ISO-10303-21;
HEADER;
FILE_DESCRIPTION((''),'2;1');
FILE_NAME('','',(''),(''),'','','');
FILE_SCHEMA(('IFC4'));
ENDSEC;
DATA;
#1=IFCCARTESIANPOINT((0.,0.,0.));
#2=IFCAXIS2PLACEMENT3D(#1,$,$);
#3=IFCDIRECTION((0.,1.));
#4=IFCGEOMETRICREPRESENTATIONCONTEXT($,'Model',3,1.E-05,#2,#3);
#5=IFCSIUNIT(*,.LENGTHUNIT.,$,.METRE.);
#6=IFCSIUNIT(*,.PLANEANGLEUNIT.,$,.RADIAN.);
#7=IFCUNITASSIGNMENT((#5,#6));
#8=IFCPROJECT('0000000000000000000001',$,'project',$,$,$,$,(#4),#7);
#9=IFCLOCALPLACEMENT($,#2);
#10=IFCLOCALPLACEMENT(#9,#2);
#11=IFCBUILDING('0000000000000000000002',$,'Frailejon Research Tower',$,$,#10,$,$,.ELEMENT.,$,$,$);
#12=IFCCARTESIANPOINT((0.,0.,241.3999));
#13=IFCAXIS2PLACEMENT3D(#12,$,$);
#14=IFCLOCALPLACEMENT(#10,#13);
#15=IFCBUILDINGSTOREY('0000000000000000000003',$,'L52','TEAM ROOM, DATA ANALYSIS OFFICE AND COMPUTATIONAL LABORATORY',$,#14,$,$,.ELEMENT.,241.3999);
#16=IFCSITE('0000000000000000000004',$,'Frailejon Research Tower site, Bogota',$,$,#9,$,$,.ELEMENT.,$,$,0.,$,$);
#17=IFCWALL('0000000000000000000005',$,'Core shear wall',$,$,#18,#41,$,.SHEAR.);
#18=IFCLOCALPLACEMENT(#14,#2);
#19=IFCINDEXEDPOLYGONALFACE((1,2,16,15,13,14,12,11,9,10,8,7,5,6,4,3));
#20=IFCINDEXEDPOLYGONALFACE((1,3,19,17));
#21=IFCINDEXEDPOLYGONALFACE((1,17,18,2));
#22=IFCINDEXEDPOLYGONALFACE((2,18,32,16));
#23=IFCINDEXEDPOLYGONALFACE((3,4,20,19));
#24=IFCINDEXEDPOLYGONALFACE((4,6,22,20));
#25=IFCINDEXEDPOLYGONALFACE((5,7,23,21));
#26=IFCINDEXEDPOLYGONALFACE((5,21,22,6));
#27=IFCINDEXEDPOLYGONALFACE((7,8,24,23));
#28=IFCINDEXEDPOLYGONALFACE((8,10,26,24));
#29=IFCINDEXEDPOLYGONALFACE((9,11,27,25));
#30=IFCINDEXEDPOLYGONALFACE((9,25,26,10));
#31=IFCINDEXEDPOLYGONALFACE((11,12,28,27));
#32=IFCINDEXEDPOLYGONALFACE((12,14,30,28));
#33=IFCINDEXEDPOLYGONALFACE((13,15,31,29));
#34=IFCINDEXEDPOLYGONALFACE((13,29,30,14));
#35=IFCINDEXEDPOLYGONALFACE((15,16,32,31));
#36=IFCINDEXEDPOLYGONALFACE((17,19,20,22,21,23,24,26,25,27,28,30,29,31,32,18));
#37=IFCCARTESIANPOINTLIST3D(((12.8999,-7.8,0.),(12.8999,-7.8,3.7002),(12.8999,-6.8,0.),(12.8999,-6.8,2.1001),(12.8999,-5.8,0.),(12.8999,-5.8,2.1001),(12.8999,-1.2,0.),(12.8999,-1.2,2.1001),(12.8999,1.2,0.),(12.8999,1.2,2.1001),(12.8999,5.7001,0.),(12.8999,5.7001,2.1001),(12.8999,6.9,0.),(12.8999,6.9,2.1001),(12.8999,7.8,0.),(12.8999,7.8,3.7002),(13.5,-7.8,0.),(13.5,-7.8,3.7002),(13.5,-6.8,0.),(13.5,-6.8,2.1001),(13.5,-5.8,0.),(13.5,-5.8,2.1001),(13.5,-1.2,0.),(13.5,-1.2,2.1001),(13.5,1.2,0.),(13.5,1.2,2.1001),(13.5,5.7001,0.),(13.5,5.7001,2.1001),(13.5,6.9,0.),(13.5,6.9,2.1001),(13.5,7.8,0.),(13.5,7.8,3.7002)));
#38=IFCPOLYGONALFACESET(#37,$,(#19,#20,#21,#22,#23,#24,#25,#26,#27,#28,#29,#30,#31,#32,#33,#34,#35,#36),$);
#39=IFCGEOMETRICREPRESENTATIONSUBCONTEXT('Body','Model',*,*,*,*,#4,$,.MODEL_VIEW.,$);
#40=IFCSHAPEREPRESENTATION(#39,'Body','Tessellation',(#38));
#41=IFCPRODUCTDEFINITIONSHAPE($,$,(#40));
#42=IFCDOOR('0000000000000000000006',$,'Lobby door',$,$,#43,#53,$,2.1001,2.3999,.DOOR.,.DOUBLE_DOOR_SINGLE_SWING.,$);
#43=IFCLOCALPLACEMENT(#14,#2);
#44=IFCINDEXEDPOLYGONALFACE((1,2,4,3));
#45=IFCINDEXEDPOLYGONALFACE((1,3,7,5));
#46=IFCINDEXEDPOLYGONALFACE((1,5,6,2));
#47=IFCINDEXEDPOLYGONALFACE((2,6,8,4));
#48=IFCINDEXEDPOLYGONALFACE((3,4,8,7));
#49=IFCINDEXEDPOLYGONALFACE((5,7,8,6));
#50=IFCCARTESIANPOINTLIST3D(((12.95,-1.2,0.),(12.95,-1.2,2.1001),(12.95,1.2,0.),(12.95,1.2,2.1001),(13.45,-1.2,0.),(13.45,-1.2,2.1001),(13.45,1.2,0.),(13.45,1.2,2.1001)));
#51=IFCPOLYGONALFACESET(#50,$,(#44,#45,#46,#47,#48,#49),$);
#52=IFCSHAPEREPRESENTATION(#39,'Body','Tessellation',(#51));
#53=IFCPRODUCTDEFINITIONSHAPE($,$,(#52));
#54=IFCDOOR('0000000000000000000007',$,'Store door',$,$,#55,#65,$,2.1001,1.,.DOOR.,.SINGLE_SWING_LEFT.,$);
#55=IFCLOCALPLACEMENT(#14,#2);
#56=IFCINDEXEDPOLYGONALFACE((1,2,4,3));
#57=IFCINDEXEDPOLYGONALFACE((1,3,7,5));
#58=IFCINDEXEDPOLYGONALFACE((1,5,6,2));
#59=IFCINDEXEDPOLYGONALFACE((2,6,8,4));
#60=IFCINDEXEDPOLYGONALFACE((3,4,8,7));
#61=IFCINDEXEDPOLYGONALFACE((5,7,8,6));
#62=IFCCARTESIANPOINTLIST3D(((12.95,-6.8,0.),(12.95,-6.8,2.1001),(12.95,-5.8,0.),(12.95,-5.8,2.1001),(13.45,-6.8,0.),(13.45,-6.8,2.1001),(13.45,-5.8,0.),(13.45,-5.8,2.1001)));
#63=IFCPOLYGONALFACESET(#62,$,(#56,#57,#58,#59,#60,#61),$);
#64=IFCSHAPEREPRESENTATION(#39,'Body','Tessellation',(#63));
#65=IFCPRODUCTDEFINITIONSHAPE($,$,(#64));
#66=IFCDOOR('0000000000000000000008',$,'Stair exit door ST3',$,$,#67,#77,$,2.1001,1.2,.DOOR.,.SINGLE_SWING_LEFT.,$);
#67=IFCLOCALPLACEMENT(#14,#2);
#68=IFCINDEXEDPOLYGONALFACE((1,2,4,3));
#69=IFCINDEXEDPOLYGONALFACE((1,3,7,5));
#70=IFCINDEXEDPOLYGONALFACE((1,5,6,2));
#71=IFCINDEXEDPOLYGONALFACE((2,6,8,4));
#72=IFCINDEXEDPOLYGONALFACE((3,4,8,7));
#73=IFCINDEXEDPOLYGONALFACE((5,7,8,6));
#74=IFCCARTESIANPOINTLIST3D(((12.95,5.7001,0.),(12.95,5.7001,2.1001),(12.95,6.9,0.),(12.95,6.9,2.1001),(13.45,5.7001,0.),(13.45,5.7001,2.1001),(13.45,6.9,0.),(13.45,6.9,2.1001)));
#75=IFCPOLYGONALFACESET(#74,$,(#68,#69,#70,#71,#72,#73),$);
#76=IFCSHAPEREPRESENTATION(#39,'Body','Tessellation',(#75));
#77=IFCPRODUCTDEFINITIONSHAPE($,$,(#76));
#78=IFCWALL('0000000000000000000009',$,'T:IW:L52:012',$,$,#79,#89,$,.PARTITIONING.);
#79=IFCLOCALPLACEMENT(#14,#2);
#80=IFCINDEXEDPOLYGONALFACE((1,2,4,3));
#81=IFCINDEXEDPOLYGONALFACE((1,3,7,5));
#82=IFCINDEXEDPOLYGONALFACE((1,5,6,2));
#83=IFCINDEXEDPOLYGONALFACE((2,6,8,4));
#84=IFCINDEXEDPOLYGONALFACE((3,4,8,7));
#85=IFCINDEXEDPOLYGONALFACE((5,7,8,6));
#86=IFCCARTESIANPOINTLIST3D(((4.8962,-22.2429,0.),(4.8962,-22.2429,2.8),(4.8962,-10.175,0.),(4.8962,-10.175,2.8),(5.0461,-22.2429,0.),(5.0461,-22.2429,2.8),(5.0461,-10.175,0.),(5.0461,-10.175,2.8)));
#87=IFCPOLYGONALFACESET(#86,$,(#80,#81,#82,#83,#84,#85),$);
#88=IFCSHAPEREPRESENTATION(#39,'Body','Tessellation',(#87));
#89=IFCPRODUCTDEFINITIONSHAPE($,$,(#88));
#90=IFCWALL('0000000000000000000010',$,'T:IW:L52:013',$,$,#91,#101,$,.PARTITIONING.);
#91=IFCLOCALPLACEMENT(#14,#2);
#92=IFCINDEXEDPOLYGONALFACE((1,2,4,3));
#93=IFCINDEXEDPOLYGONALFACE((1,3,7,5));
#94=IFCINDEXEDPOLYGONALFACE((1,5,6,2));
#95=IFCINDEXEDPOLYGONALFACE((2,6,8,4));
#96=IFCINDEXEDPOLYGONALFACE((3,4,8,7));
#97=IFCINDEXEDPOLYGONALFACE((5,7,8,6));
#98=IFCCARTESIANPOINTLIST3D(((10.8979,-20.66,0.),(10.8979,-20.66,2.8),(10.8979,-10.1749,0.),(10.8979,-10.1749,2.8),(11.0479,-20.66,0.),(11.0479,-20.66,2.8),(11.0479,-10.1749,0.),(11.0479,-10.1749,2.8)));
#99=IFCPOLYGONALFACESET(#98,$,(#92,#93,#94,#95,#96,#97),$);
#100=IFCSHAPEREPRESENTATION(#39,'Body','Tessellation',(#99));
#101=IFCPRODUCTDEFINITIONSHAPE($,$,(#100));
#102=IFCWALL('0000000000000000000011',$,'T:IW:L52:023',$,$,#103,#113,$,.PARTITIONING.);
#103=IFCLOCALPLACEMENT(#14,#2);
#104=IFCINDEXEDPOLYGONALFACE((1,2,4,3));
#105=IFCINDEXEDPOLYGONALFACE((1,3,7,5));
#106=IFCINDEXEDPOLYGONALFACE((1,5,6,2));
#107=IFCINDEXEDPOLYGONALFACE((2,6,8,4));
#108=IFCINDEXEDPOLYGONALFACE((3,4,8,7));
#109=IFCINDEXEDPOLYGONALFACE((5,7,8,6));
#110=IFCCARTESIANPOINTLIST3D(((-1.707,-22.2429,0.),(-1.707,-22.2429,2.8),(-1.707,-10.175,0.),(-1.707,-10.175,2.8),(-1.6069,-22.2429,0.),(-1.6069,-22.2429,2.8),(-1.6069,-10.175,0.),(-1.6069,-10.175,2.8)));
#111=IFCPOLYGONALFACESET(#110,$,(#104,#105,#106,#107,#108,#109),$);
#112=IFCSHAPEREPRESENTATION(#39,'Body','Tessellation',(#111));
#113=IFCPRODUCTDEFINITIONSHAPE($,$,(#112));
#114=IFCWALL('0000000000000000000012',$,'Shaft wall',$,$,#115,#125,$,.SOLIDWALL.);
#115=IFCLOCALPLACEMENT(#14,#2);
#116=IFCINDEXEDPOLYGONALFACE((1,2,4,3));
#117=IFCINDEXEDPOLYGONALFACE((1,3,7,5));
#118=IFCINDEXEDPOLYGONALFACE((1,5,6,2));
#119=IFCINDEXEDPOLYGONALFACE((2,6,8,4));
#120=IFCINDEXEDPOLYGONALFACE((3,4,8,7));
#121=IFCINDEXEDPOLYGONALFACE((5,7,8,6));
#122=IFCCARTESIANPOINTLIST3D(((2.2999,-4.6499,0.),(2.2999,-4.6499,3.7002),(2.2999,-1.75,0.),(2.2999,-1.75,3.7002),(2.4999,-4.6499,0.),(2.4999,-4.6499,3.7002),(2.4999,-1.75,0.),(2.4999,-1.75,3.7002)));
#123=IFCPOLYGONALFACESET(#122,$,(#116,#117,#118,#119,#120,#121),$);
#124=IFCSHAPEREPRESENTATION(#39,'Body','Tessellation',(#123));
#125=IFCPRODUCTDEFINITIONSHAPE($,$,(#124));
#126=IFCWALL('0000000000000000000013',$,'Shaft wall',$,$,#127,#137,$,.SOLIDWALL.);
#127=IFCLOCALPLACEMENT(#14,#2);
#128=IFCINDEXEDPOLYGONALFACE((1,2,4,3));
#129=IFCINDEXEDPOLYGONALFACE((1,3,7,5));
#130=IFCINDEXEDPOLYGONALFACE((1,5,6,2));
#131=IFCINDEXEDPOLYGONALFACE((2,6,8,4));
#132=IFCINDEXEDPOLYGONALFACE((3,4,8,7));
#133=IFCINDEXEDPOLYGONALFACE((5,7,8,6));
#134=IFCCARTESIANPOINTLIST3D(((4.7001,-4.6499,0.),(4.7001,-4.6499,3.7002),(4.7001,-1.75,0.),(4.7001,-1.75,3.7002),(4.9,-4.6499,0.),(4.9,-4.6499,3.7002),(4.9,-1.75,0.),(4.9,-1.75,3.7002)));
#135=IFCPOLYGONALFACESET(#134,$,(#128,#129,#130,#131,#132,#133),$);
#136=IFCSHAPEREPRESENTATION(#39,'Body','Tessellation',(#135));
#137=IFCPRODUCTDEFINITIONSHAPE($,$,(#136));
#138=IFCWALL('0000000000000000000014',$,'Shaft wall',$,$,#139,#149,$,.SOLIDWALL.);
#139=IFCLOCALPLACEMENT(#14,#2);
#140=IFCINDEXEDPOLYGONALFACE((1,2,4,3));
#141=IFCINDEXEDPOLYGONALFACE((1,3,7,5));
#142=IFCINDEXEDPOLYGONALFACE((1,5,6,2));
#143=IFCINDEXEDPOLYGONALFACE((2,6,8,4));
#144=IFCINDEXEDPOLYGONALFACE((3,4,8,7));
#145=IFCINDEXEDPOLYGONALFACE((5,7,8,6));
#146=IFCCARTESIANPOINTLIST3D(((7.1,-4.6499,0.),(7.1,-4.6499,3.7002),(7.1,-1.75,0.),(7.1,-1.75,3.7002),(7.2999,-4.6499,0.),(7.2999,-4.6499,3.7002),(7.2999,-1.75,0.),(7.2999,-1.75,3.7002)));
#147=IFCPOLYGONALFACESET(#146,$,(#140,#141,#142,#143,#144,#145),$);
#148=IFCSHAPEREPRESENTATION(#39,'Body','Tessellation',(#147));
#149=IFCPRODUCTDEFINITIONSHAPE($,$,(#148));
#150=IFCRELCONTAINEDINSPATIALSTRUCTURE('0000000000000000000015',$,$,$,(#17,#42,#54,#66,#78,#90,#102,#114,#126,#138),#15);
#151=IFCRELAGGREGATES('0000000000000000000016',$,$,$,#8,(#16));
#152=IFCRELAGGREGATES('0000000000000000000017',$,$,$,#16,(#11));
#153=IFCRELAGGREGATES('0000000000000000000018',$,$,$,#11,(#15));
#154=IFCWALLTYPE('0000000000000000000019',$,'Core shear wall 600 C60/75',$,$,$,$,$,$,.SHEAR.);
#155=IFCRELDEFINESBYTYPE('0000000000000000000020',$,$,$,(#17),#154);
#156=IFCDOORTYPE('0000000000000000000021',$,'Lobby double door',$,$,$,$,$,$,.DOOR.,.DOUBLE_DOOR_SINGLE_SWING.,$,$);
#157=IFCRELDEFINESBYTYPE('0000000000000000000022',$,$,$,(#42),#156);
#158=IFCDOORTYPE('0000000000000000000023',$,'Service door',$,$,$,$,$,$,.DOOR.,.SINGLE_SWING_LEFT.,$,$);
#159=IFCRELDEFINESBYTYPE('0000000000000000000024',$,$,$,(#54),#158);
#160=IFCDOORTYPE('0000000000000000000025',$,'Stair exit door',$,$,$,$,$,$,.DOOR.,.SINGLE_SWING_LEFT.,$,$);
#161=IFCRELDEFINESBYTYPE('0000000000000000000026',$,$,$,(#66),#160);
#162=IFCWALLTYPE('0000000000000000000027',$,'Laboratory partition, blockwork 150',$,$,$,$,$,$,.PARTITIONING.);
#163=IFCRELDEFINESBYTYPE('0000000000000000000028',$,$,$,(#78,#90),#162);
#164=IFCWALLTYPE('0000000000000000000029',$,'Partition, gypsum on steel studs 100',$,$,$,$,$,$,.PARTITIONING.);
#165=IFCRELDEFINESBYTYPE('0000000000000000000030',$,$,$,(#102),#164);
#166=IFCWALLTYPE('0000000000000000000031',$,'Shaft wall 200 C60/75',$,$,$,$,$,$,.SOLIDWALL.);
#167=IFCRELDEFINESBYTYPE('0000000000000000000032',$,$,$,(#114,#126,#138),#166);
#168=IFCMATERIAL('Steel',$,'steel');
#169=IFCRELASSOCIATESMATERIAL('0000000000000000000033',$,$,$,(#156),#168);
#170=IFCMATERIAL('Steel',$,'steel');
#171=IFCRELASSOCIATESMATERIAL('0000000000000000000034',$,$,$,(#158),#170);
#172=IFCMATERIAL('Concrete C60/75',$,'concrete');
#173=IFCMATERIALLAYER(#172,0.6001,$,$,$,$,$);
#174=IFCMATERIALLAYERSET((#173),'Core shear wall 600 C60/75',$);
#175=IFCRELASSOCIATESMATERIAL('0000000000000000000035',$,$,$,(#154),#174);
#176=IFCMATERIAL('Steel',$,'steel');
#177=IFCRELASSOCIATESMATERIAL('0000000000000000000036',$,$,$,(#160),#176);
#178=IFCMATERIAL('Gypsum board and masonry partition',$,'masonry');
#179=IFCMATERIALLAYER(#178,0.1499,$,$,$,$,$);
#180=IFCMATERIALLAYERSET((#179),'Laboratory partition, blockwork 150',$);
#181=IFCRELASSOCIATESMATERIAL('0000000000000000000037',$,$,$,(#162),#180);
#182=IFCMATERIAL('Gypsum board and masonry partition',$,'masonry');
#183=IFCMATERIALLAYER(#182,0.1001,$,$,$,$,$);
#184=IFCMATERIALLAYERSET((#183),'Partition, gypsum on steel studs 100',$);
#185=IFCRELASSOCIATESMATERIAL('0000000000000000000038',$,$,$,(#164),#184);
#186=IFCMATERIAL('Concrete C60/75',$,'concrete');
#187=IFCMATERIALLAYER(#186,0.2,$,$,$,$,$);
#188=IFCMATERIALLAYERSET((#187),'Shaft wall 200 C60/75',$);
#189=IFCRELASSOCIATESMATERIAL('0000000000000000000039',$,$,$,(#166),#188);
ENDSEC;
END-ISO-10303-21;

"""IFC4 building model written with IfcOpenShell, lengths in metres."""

from ifc_helpers import new_model, si_unit, direction, frame, frame_2d, origin, place, context, subcontext, project, spatial, rectangle, extrude, material, layer, layer_set, type_object, element, fill, save


model = new_model("IFC4")

# Units and contexts
model_context = context("Model", 3, precision=1e-05, world=origin(), true_north=direction((0.0, 1.0)))
body_context = subcontext(model_context, "Body", "Model", "MODEL_VIEW")
ifc_project = project(units=[si_unit("LENGTHUNIT", "METRE"), si_unit("PLANEANGLEUNIT", "RADIAN")], contexts=[model_context])

# Site, building, storey
site_placement = place(None, origin())
site = spatial("IfcSite", under=ifc_project, at=site_placement, Name="Frailejon Research Tower site, Bogota", CompositionType="ELEMENT", RefElevation=0.0)
building_placement = place(site_placement, origin())
building = spatial("IfcBuilding", under=site, at=building_placement, Name="Frailejon Research Tower", CompositionType="ELEMENT")
storey_placement = place(building_placement, frame((0.0, 0.0, 241.3999)))
storey = spatial("IfcBuildingStorey", under=building, at=storey_placement, Name="L52", Description="TEAM ROOM, DATA ANALYSIS OFFICE AND COMPUTATIONAL LABORATORY", CompositionType="ELEMENT", Elevation=241.3999)

# Wall, openings, doors
ifc_material_1 = material(Name="Steel", Category="steel")
door_type_1 = type_object("IfcDoorType", Name="Lobby double door", OperationType="DOUBLE_DOOR_SINGLE_SWING", PredefinedType="DOOR", material=ifc_material_1)
ifc_material_2 = material(Name="Steel", Category="steel")
door_type_2 = type_object("IfcDoorType", Name="Service door", OperationType="SINGLE_SWING_LEFT", PredefinedType="DOOR", material=ifc_material_2)
ifc_material_3 = material(Name="Concrete C60/75", Category="concrete")
ifc_layer_1 = layer(ifc_material_3, 0.6001)
ifc_layer_set_1 = layer_set([ifc_layer_1], Name="Core shear wall 600 C60/75")
wall_type_1 = type_object("IfcWallType", Name="Core shear wall 600 C60/75", PredefinedType="SHEAR", material=ifc_layer_set_1)
wall_1_placement = place(storey_placement, frame((13.2, -7.8, 0.0), z_axis=(0.0, 0.0, 1.0), x_axis=(0.0, 1.0, 0.0)))
wall_1 = element("IfcWall", 1, at=wall_1_placement, inside=storey, type_object=wall_type_1, Name="Core shear wall", PredefinedType="SHEAR", context=body_context, shape_type="SweptSolid", body=[
    extrude(rectangle(XDim=15.6001, YDim=0.6001, at=frame_2d((7.8, 0.0))), origin(), (0.0, 0.0, 1.0), 3.7002),
])
opening_1_placement = place(wall_1_placement, frame((6.6001, 0.0, 0.0)))
opening_1 = element("IfcOpeningElement", 2, at=opening_1_placement, cuts=wall_1, PredefinedType="OPENING", context=body_context, shape_type="SweptSolid", body=[
    extrude(rectangle(XDim=2.3999, YDim=2.1001, at=frame_2d((1.2, 1.05))), frame((0.0, 0.3101, 0.0), z_axis=(0.0, -1.0, 0.0), x_axis=(1.0, 0.0, 0.0)), (0.0, 0.0, 1.0), 0.6201),
])
opening_2_placement = place(wall_1_placement, frame((13.5, 0.0, 0.0)))
opening_2 = element("IfcOpeningElement", 3, at=opening_2_placement, cuts=wall_1, PredefinedType="OPENING", context=body_context, shape_type="SweptSolid", body=[
    extrude(rectangle(XDim=1.2, YDim=2.1001, at=frame_2d((0.6001, 1.05))), frame((0.0, 0.3101, 0.0), z_axis=(0.0, -1.0, 0.0), x_axis=(1.0, 0.0, 0.0)), (0.0, 0.0, 1.0), 0.6201),
])
opening_3_placement = place(wall_1_placement, frame((1.0, 0.0, 0.0)))
opening_3 = element("IfcOpeningElement", 4, at=opening_3_placement, cuts=wall_1, PredefinedType="OPENING", context=body_context, shape_type="SweptSolid", body=[
    extrude(rectangle(XDim=1.0, YDim=2.1001, at=frame_2d((0.5, 1.05))), frame((0.0, 0.3101, 0.0), z_axis=(0.0, -1.0, 0.0), x_axis=(1.0, 0.0, 0.0)), (0.0, 0.0, 1.0), 0.6201),
])
door_1_placement = place(opening_1_placement, origin())
door_1 = element("IfcDoor", 5, at=door_1_placement, inside=storey, type_object=door_type_1, Name="Lobby door", OperationType="DOUBLE_DOOR_SINGLE_SWING", OverallHeight=2.1001, OverallWidth=2.3999, PredefinedType="DOOR", context=body_context, shape_type="SweptSolid", body=[
    extrude(rectangle(XDim=2.3999, YDim=2.1001, at=frame_2d((1.2, 1.05))), frame((0.0, 0.25, 0.0), z_axis=(0.0, -1.0, 0.0), x_axis=(1.0, 0.0, 0.0)), (0.0, 0.0, 1.0), 0.5),
])
fill(opening_1, door_1)
door_2_placement = place(opening_3_placement, origin())
door_2 = element("IfcDoor", 6, at=door_2_placement, inside=storey, type_object=door_type_2, Name="Store door", OperationType="SINGLE_SWING_LEFT", OverallHeight=2.1001, OverallWidth=1.0, PredefinedType="DOOR", context=body_context, shape_type="SweptSolid", body=[
    extrude(rectangle(XDim=1.0, YDim=2.1001, at=frame_2d((0.5, 1.05))), frame((0.0, 0.25, 0.0), z_axis=(0.0, -1.0, 0.0), x_axis=(1.0, 0.0, 0.0)), (0.0, 0.0, 1.0), 0.5),
])
fill(opening_3, door_2)
ifc_material_4 = material(Name="Steel", Category="steel")
door_type_3 = type_object("IfcDoorType", Name="Stair exit door", OperationType="SINGLE_SWING_LEFT", PredefinedType="DOOR", material=ifc_material_4)
door_3_placement = place(opening_2_placement, origin())
door_3 = element("IfcDoor", 7, at=door_3_placement, inside=storey, type_object=door_type_3, Name="Stair exit door ST3", OperationType="SINGLE_SWING_LEFT", OverallHeight=2.1001, OverallWidth=1.2, PredefinedType="DOOR", context=body_context, shape_type="SweptSolid", body=[
    extrude(rectangle(XDim=1.2, YDim=2.1001, at=frame_2d((0.6001, 1.05))), frame((0.0, 0.25, 0.0), z_axis=(0.0, -1.0, 0.0), x_axis=(1.0, 0.0, 0.0)), (0.0, 0.0, 1.0), 0.5),
])
fill(opening_2, door_3)

# Walls
ifc_material_5 = material(Name="Gypsum board and masonry partition", Category="masonry")
ifc_layer_2 = layer(ifc_material_5, 0.1499)
ifc_layer_set_2 = layer_set([ifc_layer_2], Name="Laboratory partition, blockwork 150")
wall_type_2 = type_object("IfcWallType", Name="Laboratory partition, blockwork 150", PredefinedType="PARTITIONING", material=ifc_layer_set_2)
wall_2_placement = place(storey_placement, frame((4.9712, -22.2429, 0.0), z_axis=(0.0, 0.0, 1.0), x_axis=(0.0, 1.0, 0.0)))
element("IfcWall", 8, at=wall_2_placement, inside=storey, type_object=wall_type_2, Name="T:IW:L52:012", PredefinedType="PARTITIONING", context=body_context, shape_type="SweptSolid", body=[
    extrude(rectangle(XDim=12.0679, YDim=0.1499, at=frame_2d((6.0339, 0.0))), origin(), (0.0, 0.0, 1.0), 2.8),
])
wall_3_placement = place(storey_placement, frame((10.9729, -20.6602, 0.0), z_axis=(0.0, 0.0, 1.0), x_axis=(0.0, 1.0, 0.0)))
element("IfcWall", 9, at=wall_3_placement, inside=storey, type_object=wall_type_2, Name="T:IW:L52:013", PredefinedType="PARTITIONING", context=body_context, shape_type="SweptSolid", body=[
    extrude(rectangle(XDim=10.4851, YDim=0.1499, at=frame_2d((5.2427, 0.0))), origin(), (0.0, 0.0, 1.0), 2.8),
])
ifc_material_6 = material(Name="Gypsum board and masonry partition", Category="masonry")
ifc_layer_3 = layer(ifc_material_6, 0.1001)
ifc_layer_set_3 = layer_set([ifc_layer_3], Name="Partition, gypsum on steel studs 100")
wall_type_3 = type_object("IfcWallType", Name="Partition, gypsum on steel studs 100", PredefinedType="PARTITIONING", material=ifc_layer_set_3)
wall_4_placement = place(storey_placement, frame((-1.657, -22.2429, 0.0), z_axis=(0.0, 0.0, 1.0), x_axis=(0.0, 1.0, 0.0)))
element("IfcWall", 10, at=wall_4_placement, inside=storey, type_object=wall_type_3, Name="T:IW:L52:023", PredefinedType="PARTITIONING", context=body_context, shape_type="SweptSolid", body=[
    extrude(rectangle(XDim=12.0679, YDim=0.1001, at=frame_2d((6.0339, 0.0))), origin(), (0.0, 0.0, 1.0), 2.8),
])
ifc_material_7 = material(Name="Concrete C60/75", Category="concrete")
ifc_layer_4 = layer(ifc_material_7, 0.2)
ifc_layer_set_4 = layer_set([ifc_layer_4], Name="Shaft wall 200 C60/75")
wall_type_4 = type_object("IfcWallType", Name="Shaft wall 200 C60/75", PredefinedType="SOLIDWALL", material=ifc_layer_set_4)
for number, where, z_axis, x_axis, name in (
    (11, (2.3999, -4.6499, 0.0), (0.0, 0.0, 1.0), (0.0, 1.0, 0.0), "Shaft wall"),
    (12, (4.8, -4.6499, 0.0), (0.0, 0.0, 1.0), (0.0, 1.0, 0.0), "Shaft wall"),
    (13, (7.2, -4.6499, 0.0), (0.0, 0.0, 1.0), (0.0, 1.0, 0.0), "Shaft wall"),
):
    element("IfcWall", number, at=place(storey_placement, frame(where, z_axis=z_axis, x_axis=x_axis)), inside=storey, type_object=wall_type_4, Name=name, PredefinedType="SOLIDWALL", context=body_context, shape_type="SweptSolid", body=[
        extrude(rectangle(XDim=2.8999, YDim=0.2, at=frame_2d((1.45, 0.0))), origin(), (0.0, 0.0, 1.0), 3.7002),
    ])

save(model, "model.ifc")
